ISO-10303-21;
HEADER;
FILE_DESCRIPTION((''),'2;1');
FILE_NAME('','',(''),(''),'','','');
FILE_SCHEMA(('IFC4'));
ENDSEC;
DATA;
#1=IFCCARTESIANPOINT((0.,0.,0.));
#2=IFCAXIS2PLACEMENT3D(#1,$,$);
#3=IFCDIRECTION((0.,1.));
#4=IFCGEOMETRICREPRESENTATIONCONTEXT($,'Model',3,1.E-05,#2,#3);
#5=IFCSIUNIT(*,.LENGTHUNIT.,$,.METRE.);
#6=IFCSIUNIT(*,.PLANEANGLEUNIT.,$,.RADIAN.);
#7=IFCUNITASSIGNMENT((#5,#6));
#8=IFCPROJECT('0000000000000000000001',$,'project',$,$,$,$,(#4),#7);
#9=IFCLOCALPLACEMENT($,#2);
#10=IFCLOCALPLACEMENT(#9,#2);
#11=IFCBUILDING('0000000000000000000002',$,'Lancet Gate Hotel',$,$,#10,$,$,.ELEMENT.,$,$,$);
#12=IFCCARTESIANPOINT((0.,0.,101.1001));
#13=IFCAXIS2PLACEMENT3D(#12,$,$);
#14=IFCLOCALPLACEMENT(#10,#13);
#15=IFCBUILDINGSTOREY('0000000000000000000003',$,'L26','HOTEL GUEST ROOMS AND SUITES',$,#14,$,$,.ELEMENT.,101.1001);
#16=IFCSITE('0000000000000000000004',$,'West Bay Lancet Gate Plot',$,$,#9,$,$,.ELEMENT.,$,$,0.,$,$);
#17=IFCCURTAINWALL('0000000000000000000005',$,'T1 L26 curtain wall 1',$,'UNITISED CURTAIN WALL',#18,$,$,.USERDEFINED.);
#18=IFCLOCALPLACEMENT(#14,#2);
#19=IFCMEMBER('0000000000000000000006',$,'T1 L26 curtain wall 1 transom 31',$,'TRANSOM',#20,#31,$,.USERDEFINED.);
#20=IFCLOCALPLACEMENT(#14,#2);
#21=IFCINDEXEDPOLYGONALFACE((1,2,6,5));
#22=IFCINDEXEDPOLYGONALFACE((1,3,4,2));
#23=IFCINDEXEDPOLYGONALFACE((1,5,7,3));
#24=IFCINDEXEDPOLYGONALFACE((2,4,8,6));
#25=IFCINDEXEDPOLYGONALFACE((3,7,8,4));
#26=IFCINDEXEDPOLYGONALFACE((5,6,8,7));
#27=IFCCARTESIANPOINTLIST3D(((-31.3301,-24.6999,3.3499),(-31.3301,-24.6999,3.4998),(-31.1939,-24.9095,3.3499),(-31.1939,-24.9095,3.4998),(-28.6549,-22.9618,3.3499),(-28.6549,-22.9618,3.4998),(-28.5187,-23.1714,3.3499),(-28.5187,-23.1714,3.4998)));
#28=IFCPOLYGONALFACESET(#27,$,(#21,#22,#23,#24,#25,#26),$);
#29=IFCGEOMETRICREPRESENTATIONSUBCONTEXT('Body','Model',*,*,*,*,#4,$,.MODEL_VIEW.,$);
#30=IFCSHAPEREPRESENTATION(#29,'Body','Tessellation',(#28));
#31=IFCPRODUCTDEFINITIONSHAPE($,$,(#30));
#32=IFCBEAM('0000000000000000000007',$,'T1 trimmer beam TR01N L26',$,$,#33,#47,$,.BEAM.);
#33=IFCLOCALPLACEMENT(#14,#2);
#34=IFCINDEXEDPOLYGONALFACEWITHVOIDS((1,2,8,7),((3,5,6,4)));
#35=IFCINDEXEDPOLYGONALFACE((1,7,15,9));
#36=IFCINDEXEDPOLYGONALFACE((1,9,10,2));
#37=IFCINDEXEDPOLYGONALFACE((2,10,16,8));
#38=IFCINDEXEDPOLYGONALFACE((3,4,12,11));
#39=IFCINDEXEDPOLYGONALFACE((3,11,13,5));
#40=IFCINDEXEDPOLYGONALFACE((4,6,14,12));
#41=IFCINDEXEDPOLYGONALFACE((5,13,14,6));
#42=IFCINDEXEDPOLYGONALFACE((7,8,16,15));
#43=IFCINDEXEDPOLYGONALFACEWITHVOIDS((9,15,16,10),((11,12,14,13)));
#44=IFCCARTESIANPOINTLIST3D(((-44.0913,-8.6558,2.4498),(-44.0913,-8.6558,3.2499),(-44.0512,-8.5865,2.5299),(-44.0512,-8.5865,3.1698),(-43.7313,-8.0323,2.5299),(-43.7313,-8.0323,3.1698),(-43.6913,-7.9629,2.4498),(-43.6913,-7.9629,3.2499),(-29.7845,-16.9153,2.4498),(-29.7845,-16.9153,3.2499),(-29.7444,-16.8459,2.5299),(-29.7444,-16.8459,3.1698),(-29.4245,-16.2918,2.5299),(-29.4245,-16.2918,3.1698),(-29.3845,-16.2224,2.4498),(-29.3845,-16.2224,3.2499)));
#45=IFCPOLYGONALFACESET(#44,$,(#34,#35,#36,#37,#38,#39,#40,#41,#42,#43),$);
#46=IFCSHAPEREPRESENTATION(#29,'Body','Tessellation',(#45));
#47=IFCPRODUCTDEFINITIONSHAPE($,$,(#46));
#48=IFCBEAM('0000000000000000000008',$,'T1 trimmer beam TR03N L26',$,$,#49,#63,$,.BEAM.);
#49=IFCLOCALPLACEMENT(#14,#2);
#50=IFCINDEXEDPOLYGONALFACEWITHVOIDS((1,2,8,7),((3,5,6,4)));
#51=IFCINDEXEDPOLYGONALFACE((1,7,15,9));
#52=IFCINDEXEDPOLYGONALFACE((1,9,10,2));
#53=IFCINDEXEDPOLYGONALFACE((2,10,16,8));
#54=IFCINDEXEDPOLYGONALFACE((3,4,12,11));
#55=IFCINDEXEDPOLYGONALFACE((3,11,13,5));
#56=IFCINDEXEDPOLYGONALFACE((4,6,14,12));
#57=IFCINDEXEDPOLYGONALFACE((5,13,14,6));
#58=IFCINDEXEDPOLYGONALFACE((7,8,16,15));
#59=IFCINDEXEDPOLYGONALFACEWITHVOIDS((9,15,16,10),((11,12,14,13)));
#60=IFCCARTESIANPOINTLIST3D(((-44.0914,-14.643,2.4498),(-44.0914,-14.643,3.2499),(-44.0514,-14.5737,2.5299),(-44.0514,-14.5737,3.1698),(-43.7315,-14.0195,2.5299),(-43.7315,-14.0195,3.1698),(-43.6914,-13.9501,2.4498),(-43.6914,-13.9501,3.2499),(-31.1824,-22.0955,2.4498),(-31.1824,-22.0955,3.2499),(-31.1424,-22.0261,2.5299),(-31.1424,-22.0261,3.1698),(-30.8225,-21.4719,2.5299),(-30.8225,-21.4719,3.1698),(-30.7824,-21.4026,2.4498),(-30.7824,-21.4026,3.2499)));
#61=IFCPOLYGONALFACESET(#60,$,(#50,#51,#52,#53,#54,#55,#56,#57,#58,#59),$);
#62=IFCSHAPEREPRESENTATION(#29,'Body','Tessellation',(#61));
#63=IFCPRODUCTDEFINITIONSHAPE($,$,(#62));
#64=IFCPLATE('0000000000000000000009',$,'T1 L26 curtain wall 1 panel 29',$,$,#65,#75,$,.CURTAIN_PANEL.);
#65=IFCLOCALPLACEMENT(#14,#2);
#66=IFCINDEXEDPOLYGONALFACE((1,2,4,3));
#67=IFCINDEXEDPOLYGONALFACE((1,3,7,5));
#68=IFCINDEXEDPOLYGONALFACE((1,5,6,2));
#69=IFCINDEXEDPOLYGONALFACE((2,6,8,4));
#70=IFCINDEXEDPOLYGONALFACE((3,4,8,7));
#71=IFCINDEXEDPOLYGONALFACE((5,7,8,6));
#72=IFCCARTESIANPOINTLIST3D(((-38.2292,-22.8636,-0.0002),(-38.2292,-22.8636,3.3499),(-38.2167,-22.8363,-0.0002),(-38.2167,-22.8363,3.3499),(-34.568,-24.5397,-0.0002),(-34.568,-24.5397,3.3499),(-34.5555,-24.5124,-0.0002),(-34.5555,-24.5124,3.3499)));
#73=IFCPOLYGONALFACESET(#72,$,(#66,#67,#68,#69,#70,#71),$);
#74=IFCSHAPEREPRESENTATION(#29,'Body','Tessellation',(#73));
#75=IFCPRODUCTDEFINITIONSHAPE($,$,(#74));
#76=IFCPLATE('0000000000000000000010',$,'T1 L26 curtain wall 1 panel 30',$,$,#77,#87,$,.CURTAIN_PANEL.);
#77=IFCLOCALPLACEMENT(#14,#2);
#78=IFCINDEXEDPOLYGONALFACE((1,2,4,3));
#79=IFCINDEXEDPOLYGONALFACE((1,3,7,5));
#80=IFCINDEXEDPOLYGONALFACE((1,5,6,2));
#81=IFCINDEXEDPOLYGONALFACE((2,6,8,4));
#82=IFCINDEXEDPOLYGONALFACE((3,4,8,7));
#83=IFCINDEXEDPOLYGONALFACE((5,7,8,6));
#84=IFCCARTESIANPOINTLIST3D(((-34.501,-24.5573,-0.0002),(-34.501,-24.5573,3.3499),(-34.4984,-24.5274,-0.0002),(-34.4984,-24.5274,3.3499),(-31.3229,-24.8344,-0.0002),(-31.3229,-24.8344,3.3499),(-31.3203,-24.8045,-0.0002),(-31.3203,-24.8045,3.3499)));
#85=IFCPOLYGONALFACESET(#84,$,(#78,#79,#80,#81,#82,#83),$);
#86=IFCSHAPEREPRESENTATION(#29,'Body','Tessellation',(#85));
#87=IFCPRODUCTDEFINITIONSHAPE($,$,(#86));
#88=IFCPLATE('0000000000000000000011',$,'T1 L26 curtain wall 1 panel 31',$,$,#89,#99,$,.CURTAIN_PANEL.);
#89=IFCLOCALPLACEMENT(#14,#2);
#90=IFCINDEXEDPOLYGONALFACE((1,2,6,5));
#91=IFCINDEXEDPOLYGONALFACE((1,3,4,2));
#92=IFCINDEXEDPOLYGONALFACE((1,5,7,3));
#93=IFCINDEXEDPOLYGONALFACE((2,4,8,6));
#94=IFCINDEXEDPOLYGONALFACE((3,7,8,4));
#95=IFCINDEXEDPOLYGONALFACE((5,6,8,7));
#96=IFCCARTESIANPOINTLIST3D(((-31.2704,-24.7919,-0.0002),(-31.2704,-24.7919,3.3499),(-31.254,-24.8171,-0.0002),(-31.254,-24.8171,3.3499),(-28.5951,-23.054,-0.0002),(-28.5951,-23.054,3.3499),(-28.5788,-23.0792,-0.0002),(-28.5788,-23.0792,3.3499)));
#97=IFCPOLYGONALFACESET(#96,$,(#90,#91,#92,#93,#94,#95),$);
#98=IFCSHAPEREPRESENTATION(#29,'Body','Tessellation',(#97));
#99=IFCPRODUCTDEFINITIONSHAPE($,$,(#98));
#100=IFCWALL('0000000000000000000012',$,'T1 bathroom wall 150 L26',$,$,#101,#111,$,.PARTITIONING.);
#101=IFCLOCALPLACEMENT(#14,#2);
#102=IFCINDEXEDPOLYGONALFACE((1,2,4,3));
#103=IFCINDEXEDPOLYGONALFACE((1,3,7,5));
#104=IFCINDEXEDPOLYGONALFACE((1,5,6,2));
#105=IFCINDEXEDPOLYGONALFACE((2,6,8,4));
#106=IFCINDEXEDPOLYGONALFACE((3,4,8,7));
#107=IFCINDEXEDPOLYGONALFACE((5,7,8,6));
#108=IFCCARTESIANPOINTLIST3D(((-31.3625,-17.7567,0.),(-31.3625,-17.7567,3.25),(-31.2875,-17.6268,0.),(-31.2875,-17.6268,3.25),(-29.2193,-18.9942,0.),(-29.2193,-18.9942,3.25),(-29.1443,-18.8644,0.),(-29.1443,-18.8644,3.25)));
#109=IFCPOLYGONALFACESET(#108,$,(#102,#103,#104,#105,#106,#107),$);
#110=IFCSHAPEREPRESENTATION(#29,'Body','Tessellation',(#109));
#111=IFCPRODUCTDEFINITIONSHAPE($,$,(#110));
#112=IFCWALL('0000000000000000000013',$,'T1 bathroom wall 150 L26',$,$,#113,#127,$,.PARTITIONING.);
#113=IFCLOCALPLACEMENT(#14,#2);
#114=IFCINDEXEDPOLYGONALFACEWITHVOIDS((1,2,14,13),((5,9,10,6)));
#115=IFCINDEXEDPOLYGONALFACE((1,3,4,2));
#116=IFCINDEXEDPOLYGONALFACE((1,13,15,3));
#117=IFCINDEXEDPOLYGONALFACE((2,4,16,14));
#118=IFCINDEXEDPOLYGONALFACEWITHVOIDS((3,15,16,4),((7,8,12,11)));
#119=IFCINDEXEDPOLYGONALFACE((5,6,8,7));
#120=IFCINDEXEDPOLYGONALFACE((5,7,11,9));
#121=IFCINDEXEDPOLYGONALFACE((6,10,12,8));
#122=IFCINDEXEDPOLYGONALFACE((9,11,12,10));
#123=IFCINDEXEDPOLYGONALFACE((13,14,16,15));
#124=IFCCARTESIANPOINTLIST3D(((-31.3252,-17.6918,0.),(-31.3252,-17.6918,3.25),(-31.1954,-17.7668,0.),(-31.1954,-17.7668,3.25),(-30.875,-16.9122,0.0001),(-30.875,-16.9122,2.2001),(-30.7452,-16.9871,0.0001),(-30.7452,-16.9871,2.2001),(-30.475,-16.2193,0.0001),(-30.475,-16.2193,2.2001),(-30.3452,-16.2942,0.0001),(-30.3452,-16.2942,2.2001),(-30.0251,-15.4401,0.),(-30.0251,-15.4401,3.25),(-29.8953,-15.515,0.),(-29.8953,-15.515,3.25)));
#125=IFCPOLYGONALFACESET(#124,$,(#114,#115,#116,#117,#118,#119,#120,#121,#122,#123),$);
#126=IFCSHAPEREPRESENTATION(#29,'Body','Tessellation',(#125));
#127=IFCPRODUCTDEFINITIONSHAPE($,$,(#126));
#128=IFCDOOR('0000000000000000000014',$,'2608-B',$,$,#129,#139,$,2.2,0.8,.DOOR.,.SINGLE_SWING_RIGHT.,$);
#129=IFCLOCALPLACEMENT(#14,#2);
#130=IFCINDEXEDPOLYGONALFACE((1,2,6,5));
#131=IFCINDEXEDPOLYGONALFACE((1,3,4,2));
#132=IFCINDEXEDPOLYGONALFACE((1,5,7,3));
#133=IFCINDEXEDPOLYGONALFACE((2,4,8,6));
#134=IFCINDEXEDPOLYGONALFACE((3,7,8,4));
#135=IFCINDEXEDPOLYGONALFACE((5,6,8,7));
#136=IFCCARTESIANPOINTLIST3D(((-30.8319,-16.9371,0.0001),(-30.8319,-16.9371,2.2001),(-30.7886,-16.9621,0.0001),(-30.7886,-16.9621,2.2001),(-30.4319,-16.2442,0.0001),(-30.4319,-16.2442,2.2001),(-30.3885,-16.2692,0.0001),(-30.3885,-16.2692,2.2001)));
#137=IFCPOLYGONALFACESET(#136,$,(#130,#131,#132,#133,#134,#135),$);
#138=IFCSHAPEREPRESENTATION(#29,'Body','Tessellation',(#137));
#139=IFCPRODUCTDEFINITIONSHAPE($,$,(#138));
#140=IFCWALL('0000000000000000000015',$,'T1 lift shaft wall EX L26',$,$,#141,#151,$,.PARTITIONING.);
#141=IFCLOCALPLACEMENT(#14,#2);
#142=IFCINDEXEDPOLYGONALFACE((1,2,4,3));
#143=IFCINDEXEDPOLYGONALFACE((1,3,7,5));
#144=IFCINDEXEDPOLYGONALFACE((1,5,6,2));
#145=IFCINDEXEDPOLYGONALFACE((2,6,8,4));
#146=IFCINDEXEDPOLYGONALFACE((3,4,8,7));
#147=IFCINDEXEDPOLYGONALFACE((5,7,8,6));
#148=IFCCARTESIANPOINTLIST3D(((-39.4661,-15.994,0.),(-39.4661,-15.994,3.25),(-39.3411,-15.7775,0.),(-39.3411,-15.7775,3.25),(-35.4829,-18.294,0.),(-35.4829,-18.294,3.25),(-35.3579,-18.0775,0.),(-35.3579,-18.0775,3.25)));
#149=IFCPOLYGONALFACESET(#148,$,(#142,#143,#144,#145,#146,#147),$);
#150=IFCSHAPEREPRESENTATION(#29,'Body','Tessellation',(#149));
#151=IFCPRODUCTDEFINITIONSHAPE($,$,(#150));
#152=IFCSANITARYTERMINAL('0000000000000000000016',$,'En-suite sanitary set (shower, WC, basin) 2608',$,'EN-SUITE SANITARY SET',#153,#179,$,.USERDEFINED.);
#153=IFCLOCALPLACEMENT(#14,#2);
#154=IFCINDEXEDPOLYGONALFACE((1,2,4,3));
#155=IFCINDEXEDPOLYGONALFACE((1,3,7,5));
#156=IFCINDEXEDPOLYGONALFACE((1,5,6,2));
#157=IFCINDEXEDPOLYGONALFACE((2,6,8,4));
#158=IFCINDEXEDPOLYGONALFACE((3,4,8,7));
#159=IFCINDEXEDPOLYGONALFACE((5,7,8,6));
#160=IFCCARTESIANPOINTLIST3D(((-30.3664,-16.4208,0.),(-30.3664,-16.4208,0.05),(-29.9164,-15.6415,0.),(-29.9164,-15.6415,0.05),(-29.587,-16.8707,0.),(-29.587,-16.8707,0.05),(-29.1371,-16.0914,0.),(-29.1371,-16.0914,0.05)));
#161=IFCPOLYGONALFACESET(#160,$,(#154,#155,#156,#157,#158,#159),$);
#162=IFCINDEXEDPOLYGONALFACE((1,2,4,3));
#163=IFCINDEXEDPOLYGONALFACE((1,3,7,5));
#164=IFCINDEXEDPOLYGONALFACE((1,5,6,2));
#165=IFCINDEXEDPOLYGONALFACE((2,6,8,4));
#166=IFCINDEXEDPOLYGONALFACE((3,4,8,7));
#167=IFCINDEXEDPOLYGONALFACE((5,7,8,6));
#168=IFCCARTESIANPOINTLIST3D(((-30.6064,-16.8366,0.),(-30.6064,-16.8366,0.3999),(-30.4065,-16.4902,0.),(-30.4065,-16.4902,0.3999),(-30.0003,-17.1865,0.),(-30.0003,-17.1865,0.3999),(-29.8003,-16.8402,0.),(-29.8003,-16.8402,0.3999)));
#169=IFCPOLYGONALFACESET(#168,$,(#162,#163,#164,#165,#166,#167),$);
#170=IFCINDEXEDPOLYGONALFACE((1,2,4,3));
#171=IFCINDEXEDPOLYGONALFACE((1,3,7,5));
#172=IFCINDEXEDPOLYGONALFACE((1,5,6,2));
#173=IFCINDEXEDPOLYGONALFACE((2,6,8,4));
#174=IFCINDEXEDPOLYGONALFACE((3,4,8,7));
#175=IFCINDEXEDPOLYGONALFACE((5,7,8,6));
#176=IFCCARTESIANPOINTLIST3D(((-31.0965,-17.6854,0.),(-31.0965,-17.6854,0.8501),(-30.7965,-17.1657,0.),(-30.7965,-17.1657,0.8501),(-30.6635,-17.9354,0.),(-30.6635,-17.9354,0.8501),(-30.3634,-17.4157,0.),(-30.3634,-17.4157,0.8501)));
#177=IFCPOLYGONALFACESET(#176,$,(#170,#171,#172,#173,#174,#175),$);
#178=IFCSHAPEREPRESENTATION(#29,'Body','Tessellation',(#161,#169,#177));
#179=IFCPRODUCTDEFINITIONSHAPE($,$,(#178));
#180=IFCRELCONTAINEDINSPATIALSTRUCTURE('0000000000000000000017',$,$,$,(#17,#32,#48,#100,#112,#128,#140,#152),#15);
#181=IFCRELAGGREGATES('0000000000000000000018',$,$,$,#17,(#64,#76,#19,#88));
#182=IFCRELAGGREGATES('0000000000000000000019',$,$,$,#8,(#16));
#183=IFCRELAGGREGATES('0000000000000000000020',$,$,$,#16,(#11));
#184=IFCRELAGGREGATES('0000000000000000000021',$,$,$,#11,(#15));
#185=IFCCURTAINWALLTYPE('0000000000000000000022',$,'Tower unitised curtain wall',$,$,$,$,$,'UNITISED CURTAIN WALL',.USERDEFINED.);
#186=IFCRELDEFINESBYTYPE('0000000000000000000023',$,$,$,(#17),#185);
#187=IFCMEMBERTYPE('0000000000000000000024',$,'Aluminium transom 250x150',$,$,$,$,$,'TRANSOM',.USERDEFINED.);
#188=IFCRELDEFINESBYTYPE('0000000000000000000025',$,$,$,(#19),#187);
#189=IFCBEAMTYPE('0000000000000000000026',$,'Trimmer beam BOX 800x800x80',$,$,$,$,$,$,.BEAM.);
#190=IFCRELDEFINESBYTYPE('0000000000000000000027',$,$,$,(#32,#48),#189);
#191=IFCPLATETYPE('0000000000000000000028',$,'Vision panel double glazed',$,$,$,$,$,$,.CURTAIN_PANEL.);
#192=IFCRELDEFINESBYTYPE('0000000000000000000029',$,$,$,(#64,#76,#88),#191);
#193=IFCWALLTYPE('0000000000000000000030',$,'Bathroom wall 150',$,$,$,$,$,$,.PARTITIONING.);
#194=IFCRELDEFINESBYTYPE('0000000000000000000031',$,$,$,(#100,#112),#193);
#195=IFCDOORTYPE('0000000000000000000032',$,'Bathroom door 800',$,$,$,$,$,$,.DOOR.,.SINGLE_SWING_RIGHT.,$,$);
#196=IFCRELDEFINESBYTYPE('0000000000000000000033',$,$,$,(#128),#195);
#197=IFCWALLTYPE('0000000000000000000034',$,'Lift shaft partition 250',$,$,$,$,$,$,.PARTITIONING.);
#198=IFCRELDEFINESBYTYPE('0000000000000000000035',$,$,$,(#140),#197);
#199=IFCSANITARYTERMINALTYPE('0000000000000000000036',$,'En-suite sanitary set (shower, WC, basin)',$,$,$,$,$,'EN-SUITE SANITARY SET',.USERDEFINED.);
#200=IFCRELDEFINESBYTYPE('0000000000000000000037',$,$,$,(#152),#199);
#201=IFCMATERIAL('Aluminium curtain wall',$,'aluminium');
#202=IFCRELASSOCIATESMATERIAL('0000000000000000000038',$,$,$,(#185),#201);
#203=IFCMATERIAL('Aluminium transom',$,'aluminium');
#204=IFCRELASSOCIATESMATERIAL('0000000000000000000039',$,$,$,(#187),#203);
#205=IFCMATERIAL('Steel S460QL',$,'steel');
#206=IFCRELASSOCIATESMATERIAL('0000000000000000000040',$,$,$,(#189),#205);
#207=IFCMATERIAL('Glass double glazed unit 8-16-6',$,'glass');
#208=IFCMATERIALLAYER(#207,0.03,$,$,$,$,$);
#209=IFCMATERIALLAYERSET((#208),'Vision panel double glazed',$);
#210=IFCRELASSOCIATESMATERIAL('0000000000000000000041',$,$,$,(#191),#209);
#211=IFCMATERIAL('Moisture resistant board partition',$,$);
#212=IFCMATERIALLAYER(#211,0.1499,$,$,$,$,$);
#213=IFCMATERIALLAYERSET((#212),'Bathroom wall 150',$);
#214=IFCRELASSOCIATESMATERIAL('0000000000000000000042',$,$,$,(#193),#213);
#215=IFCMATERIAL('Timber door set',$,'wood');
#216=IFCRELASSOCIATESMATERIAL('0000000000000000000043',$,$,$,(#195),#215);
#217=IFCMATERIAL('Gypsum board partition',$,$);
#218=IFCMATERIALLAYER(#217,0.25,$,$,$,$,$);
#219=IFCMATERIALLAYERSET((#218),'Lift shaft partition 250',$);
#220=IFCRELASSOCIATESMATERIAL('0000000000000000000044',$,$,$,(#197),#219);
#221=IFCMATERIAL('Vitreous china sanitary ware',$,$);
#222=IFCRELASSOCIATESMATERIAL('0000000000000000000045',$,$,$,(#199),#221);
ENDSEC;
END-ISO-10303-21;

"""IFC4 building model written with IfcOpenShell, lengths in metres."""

from ifc_helpers import new_model, si_unit, direction, frame, frame_2d, origin, origin_2d, place, context, subcontext, project, spatial, rectangle, hollow_rectangle, extrude, material, layer, layer_set, material_profile, profile_set, type_object, element, fill, aggregate, save


model = new_model("IFC4")

# Units and contexts
model_context = context("Model", 3, precision=1e-05, world=origin(), true_north=direction((0.0, 1.0)))
body_context = subcontext(model_context, "Body", "Model", "MODEL_VIEW")
ifc_project = project(units=[si_unit("LENGTHUNIT", "METRE"), si_unit("PLANEANGLEUNIT", "RADIAN")], contexts=[model_context])

# Site, building, storey
site_placement = place(None, origin())
site = spatial("IfcSite", under=ifc_project, at=site_placement, Name="West Bay Lancet Gate Plot", CompositionType="ELEMENT", RefElevation=0.0)
building_placement = place(site_placement, origin())
building = spatial("IfcBuilding", under=site, at=building_placement, Name="Lancet Gate Hotel", CompositionType="ELEMENT")
storey_placement = place(building_placement, frame((0.0, 0.0, 101.1001)))
storey = spatial("IfcBuildingStorey", under=building, at=storey_placement, Name="L26", Description="HOTEL GUEST ROOMS AND SUITES", CompositionType="ELEMENT", Elevation=101.1001)

# Curtain wall, member
ifc_material_1 = material(Name="Aluminium curtain wall", Category="aluminium")
curtain_wall_type = type_object("IfcCurtainWallType", Name="Tower unitised curtain wall", ElementType="UNITISED CURTAIN WALL", PredefinedType="USERDEFINED", material=ifc_material_1)
curtain_wall_placement = place(storey_placement, origin())
curtain_wall = element("IfcCurtainWall", 1, at=curtain_wall_placement, inside=storey, type_object=curtain_wall_type, Name="T1 L26 curtain wall 1", ObjectType="UNITISED CURTAIN WALL", PredefinedType="USERDEFINED")
ifc_material_2 = material(Name="Aluminium transom", Category="aluminium")
ifc_material_profile_1 = material_profile(ifc_material_2, rectangle(XDim=0.25, YDim=0.1499, at=origin_2d()), Name="TRANSOM 250x150")
ifc_profile_set_1 = profile_set([ifc_material_profile_1], Name="Aluminium transom")
member_type_1 = type_object("IfcMemberType", Name="Aluminium transom 250x150", ElementType="TRANSOM", PredefinedType="USERDEFINED", material=ifc_profile_set_1)
member_1_placement = place(storey_placement, frame((-31.262, -24.8047, 3.4248), z_axis=(0.83855, 0.544824, 0.0), x_axis=(-0.544824, 0.83855, 0.0)))
member_1 = element("IfcMember", 2, at=member_1_placement, type_object=member_type_1, Name="T1 L26 curtain wall 1 transom 31", ObjectType="TRANSOM", PredefinedType="USERDEFINED", context=body_context, shape_type="SweptSolid", body=[
    extrude(rectangle(XDim=0.25, YDim=0.1499, at=origin_2d()), origin(), (0.0, 0.0, 1.0), 3.1902),
])

# Beams
ifc_material_3 = material(Name="Steel S460QL", Category="steel")
ifc_material_profile_2 = material_profile(ifc_material_3, hollow_rectangle(XDim=0.8, YDim=0.8, WallThickness=0.0801, at=origin_2d()), Name="BOX 800x800x80")
ifc_profile_set_2 = profile_set([ifc_material_profile_2], Name="Steel S460QL")
beam_type = type_object("IfcBeamType", Name="Trimmer beam BOX 800x800x80", PredefinedType="BEAM", material=ifc_profile_set_2)
beam_1_placement = place(storey_placement, frame((-29.5845, -16.5688, 2.8499), z_axis=(-0.86604, 0.499974, 0.0), x_axis=(-0.499974, -0.86604, 0.0)))
element("IfcBeam", 3, at=beam_1_placement, inside=storey, type_object=beam_type, Name="T1 trimmer beam TR01N L26", PredefinedType="BEAM", context=body_context, shape_type="SweptSolid", body=[
    extrude(hollow_rectangle(XDim=0.8, YDim=0.8, WallThickness=0.0801, at=origin_2d()), origin(), (0.0, 0.0, 1.0), 16.5198),
])
beam_2_placement = place(storey_placement, frame((-30.9824, -21.749, 2.8499), z_axis=(-0.866042, 0.499971, 0.0), x_axis=(-0.499971, -0.866042, 0.0)))
element("IfcBeam", 4, at=beam_2_placement, inside=storey, type_object=beam_type, Name="T1 trimmer beam TR03N L26", PredefinedType="BEAM", context=body_context, shape_type="SweptSolid", body=[
    extrude(hollow_rectangle(XDim=0.8, YDim=0.8, WallThickness=0.0801, at=origin_2d()), origin(), (0.0, 0.0, 1.0), 14.9058),
])

# Plates
ifc_material_4 = material(Name="Glass double glazed unit 8-16-6", Category="glass")
ifc_layer_1 = layer(ifc_material_4, 0.03)
ifc_layer_set_1 = layer_set([ifc_layer_1], Name="Vision panel double glazed")
plate_type = type_object("IfcPlateType", Name="Vision panel double glazed", PredefinedType="CURTAIN_PANEL", material=ifc_layer_set_1)
plate_1_placement = place(storey_placement, frame((-36.3923, -23.688, -0.0002), z_axis=(0.0, 0.0, 1.0), x_axis=(0.909253, -0.416245, 0.0)))
plate_1 = element("IfcPlate", 5, at=plate_1_placement, type_object=plate_type, Name="T1 L26 curtain wall 1 panel 29", PredefinedType="CURTAIN_PANEL", context=body_context, shape_type="SweptSolid", body=[
    extrude(rectangle(XDim=4.0266, YDim=0.03, at=origin_2d()), origin(), (0.0, 0.0, 1.0), 3.3501),
])
plate_2_placement = place(storey_placement, frame((-32.9106, -24.6809, -0.0002), z_axis=(0.0, 0.0, 1.0), x_axis=(0.996219, -0.08688, 0.0)))
plate_2 = element("IfcPlate", 6, at=plate_2_placement, type_object=plate_type, Name="T1 L26 curtain wall 1 panel 30", PredefinedType="CURTAIN_PANEL", context=body_context, shape_type="SweptSolid", body=[
    extrude(rectangle(XDim=3.1902, YDim=0.03, at=origin_2d()), origin(), (0.0, 0.0, 1.0), 3.3501),
])
plate_3_placement = place(storey_placement, frame((-29.9246, -23.9355, -0.0002), z_axis=(0.0, 0.0, 1.0), x_axis=(0.83858, 0.544778, 0.0)))
plate_3 = element("IfcPlate", 7, at=plate_3_placement, type_object=plate_type, Name="T1 L26 curtain wall 1 panel 31", PredefinedType="CURTAIN_PANEL", context=body_context, shape_type="SweptSolid", body=[
    extrude(rectangle(XDim=3.1902, YDim=0.03, at=origin_2d()), origin(), (0.0, 0.0, 1.0), 3.3501),
])
aggregate(curtain_wall, [plate_1, plate_2, member_1, plate_3])

# Wall
ifc_material_5 = material(Name="Moisture resistant board partition")
ifc_layer_2 = layer(ifc_material_5, 0.1499)
ifc_layer_set_2 = layer_set([ifc_layer_2], Name="Bathroom wall 150")
wall_type_1 = type_object("IfcWallType", Name="Bathroom wall 150", PredefinedType="PARTITIONING", material=ifc_layer_set_2)
wall_1_placement = place(storey_placement, frame((-29.1819, -18.9292, 0.0), z_axis=(0.0, 0.0, 1.0), x_axis=(-0.866007, 0.500033, 0.0)))
element("IfcWall", 8, at=wall_1_placement, inside=storey, type_object=wall_type_1, Name="T1 bathroom wall 150 L26", PredefinedType="PARTITIONING", context=body_context, shape_type="SweptSolid", body=[
    extrude(rectangle(XDim=2.4749, YDim=0.1499, at=frame_2d((1.2373, 0.0))), origin(), (0.0, 0.0, 1.0), 3.25),
])

# Wall, opening, door
wall_2_placement = place(storey_placement, frame((-29.9602, -15.4775, 0.0), z_axis=(0.0, 0.0, 1.0), x_axis=(-0.500007, -0.866021, 0.0)))
wall_2 = element("IfcWall", 9, at=wall_2_placement, inside=storey, type_object=wall_type_1, Name="T1 bathroom wall 150 L26", PredefinedType="PARTITIONING", context=body_context, shape_type="SweptSolid", body=[
    extrude(rectangle(XDim=2.6001, YDim=0.1499, at=frame_2d((1.3, 0.0))), origin(), (0.0, 0.0, 1.0), 3.25),
])
opening_placement = place(wall_2_placement, frame((0.8999, 0.0, 0.0)))
opening = element("IfcOpeningElement", 10, at=opening_placement, cuts=wall_2, PredefinedType="OPENING", context=body_context, shape_type="SweptSolid", body=[
    extrude(rectangle(XDim=0.8, YDim=2.2, at=frame_2d((0.3999, 1.1001))), frame((0.0, 0.085, 0.0), z_axis=(0.0, -1.0, 0.0), x_axis=(1.0, 0.0, 0.0)), (0.0, 0.0, 1.0), 0.1699),
])
ifc_material_6 = material(Name="Timber door set", Category="wood")
door_type = type_object("IfcDoorType", Name="Bathroom door 800", OperationType="SINGLE_SWING_RIGHT", PredefinedType="DOOR", material=ifc_material_6)
door_placement = place(opening_placement, origin())
door = element("IfcDoor", 11, at=door_placement, inside=storey, type_object=door_type, Name="2608-B", OperationType="SINGLE_SWING_RIGHT", OverallHeight=2.2, OverallWidth=0.8, PredefinedType="DOOR", context=body_context, shape_type="SweptSolid", body=[
    extrude(rectangle(XDim=0.8, YDim=2.2, at=frame_2d((0.3999, 1.1001))), frame((0.0, 0.0249, 0.0), z_axis=(0.0, -1.0, 0.0), x_axis=(1.0, 0.0, 0.0)), (0.0, 0.0, 1.0), 0.05),
])
fill(opening, door)

# Wall
ifc_material_7 = material(Name="Gypsum board partition")
ifc_layer_3 = layer(ifc_material_7, 0.25)
ifc_layer_set_3 = layer_set([ifc_layer_3], Name="Lift shaft partition 250")
wall_type_2 = type_object("IfcWallType", Name="Lift shaft partition 250", PredefinedType="PARTITIONING", material=ifc_layer_set_3)
wall_3_placement = place(storey_placement, frame((-35.4204, -18.1858, 0.0), z_axis=(0.0, 0.0, 1.0), x_axis=(-0.86599, 0.500061, 0.0)))
element("IfcWall", 12, at=wall_3_placement, inside=storey, type_object=wall_type_2, Name="T1 lift shaft wall EX L26", PredefinedType="PARTITIONING", context=body_context, shape_type="SweptSolid", body=[
    extrude(rectangle(XDim=4.5996, YDim=0.25, at=frame_2d((2.2998, 0.0))), origin(), (0.0, 0.0, 1.0), 3.25),
])

# Sanitary terminal
ifc_material_8 = material(Name="Vitreous china sanitary ware")
sanitary_terminal_type = type_object("IfcSanitaryTerminalType", Name="En-suite sanitary set (shower, WC, basin)", ElementType="EN-SUITE SANITARY SET", PredefinedType="USERDEFINED", material=ifc_material_8)
sanitary_terminal_placement = place(storey_placement, frame((-29.7517, -16.2561, 0.0), z_axis=(0.0, 0.0, 1.0), x_axis=(1.0, 0.0, 0.0)))
element("IfcSanitaryTerminal", 13, at=sanitary_terminal_placement, inside=storey, type_object=sanitary_terminal_type, Name="En-suite sanitary set (shower, WC, basin) 2608", ObjectType="EN-SUITE SANITARY SET", PredefinedType="USERDEFINED", context=body_context, shape_type="SweptSolid", body=[
    extrude(rectangle(XDim=0.8999, YDim=0.8999, at=origin_2d()), frame((0.0, 0.0, 0.0), z_axis=(0.0, 0.0, 1.0), x_axis=(0.5, 0.866025, 0.0)), (0.0, 0.0, 1.0), 0.05),
    extrude(rectangle(XDim=0.3999, YDim=0.7, at=origin_2d()), frame((-0.4517, -0.5823, 0.0), z_axis=(0.0, 0.0, 1.0), x_axis=(0.5, 0.866025, 0.0)), (0.0, 0.0, 1.0), 0.3999),
    extrude(rectangle(XDim=0.6001, YDim=0.5, at=origin_2d()), frame((-0.9783, -1.2944, 0.0), z_axis=(0.0, 0.0, 1.0), x_axis=(0.5, 0.866025, 0.0)), (0.0, 0.0, 1.0), 0.8501),
])

save(model, "model.ifc")
